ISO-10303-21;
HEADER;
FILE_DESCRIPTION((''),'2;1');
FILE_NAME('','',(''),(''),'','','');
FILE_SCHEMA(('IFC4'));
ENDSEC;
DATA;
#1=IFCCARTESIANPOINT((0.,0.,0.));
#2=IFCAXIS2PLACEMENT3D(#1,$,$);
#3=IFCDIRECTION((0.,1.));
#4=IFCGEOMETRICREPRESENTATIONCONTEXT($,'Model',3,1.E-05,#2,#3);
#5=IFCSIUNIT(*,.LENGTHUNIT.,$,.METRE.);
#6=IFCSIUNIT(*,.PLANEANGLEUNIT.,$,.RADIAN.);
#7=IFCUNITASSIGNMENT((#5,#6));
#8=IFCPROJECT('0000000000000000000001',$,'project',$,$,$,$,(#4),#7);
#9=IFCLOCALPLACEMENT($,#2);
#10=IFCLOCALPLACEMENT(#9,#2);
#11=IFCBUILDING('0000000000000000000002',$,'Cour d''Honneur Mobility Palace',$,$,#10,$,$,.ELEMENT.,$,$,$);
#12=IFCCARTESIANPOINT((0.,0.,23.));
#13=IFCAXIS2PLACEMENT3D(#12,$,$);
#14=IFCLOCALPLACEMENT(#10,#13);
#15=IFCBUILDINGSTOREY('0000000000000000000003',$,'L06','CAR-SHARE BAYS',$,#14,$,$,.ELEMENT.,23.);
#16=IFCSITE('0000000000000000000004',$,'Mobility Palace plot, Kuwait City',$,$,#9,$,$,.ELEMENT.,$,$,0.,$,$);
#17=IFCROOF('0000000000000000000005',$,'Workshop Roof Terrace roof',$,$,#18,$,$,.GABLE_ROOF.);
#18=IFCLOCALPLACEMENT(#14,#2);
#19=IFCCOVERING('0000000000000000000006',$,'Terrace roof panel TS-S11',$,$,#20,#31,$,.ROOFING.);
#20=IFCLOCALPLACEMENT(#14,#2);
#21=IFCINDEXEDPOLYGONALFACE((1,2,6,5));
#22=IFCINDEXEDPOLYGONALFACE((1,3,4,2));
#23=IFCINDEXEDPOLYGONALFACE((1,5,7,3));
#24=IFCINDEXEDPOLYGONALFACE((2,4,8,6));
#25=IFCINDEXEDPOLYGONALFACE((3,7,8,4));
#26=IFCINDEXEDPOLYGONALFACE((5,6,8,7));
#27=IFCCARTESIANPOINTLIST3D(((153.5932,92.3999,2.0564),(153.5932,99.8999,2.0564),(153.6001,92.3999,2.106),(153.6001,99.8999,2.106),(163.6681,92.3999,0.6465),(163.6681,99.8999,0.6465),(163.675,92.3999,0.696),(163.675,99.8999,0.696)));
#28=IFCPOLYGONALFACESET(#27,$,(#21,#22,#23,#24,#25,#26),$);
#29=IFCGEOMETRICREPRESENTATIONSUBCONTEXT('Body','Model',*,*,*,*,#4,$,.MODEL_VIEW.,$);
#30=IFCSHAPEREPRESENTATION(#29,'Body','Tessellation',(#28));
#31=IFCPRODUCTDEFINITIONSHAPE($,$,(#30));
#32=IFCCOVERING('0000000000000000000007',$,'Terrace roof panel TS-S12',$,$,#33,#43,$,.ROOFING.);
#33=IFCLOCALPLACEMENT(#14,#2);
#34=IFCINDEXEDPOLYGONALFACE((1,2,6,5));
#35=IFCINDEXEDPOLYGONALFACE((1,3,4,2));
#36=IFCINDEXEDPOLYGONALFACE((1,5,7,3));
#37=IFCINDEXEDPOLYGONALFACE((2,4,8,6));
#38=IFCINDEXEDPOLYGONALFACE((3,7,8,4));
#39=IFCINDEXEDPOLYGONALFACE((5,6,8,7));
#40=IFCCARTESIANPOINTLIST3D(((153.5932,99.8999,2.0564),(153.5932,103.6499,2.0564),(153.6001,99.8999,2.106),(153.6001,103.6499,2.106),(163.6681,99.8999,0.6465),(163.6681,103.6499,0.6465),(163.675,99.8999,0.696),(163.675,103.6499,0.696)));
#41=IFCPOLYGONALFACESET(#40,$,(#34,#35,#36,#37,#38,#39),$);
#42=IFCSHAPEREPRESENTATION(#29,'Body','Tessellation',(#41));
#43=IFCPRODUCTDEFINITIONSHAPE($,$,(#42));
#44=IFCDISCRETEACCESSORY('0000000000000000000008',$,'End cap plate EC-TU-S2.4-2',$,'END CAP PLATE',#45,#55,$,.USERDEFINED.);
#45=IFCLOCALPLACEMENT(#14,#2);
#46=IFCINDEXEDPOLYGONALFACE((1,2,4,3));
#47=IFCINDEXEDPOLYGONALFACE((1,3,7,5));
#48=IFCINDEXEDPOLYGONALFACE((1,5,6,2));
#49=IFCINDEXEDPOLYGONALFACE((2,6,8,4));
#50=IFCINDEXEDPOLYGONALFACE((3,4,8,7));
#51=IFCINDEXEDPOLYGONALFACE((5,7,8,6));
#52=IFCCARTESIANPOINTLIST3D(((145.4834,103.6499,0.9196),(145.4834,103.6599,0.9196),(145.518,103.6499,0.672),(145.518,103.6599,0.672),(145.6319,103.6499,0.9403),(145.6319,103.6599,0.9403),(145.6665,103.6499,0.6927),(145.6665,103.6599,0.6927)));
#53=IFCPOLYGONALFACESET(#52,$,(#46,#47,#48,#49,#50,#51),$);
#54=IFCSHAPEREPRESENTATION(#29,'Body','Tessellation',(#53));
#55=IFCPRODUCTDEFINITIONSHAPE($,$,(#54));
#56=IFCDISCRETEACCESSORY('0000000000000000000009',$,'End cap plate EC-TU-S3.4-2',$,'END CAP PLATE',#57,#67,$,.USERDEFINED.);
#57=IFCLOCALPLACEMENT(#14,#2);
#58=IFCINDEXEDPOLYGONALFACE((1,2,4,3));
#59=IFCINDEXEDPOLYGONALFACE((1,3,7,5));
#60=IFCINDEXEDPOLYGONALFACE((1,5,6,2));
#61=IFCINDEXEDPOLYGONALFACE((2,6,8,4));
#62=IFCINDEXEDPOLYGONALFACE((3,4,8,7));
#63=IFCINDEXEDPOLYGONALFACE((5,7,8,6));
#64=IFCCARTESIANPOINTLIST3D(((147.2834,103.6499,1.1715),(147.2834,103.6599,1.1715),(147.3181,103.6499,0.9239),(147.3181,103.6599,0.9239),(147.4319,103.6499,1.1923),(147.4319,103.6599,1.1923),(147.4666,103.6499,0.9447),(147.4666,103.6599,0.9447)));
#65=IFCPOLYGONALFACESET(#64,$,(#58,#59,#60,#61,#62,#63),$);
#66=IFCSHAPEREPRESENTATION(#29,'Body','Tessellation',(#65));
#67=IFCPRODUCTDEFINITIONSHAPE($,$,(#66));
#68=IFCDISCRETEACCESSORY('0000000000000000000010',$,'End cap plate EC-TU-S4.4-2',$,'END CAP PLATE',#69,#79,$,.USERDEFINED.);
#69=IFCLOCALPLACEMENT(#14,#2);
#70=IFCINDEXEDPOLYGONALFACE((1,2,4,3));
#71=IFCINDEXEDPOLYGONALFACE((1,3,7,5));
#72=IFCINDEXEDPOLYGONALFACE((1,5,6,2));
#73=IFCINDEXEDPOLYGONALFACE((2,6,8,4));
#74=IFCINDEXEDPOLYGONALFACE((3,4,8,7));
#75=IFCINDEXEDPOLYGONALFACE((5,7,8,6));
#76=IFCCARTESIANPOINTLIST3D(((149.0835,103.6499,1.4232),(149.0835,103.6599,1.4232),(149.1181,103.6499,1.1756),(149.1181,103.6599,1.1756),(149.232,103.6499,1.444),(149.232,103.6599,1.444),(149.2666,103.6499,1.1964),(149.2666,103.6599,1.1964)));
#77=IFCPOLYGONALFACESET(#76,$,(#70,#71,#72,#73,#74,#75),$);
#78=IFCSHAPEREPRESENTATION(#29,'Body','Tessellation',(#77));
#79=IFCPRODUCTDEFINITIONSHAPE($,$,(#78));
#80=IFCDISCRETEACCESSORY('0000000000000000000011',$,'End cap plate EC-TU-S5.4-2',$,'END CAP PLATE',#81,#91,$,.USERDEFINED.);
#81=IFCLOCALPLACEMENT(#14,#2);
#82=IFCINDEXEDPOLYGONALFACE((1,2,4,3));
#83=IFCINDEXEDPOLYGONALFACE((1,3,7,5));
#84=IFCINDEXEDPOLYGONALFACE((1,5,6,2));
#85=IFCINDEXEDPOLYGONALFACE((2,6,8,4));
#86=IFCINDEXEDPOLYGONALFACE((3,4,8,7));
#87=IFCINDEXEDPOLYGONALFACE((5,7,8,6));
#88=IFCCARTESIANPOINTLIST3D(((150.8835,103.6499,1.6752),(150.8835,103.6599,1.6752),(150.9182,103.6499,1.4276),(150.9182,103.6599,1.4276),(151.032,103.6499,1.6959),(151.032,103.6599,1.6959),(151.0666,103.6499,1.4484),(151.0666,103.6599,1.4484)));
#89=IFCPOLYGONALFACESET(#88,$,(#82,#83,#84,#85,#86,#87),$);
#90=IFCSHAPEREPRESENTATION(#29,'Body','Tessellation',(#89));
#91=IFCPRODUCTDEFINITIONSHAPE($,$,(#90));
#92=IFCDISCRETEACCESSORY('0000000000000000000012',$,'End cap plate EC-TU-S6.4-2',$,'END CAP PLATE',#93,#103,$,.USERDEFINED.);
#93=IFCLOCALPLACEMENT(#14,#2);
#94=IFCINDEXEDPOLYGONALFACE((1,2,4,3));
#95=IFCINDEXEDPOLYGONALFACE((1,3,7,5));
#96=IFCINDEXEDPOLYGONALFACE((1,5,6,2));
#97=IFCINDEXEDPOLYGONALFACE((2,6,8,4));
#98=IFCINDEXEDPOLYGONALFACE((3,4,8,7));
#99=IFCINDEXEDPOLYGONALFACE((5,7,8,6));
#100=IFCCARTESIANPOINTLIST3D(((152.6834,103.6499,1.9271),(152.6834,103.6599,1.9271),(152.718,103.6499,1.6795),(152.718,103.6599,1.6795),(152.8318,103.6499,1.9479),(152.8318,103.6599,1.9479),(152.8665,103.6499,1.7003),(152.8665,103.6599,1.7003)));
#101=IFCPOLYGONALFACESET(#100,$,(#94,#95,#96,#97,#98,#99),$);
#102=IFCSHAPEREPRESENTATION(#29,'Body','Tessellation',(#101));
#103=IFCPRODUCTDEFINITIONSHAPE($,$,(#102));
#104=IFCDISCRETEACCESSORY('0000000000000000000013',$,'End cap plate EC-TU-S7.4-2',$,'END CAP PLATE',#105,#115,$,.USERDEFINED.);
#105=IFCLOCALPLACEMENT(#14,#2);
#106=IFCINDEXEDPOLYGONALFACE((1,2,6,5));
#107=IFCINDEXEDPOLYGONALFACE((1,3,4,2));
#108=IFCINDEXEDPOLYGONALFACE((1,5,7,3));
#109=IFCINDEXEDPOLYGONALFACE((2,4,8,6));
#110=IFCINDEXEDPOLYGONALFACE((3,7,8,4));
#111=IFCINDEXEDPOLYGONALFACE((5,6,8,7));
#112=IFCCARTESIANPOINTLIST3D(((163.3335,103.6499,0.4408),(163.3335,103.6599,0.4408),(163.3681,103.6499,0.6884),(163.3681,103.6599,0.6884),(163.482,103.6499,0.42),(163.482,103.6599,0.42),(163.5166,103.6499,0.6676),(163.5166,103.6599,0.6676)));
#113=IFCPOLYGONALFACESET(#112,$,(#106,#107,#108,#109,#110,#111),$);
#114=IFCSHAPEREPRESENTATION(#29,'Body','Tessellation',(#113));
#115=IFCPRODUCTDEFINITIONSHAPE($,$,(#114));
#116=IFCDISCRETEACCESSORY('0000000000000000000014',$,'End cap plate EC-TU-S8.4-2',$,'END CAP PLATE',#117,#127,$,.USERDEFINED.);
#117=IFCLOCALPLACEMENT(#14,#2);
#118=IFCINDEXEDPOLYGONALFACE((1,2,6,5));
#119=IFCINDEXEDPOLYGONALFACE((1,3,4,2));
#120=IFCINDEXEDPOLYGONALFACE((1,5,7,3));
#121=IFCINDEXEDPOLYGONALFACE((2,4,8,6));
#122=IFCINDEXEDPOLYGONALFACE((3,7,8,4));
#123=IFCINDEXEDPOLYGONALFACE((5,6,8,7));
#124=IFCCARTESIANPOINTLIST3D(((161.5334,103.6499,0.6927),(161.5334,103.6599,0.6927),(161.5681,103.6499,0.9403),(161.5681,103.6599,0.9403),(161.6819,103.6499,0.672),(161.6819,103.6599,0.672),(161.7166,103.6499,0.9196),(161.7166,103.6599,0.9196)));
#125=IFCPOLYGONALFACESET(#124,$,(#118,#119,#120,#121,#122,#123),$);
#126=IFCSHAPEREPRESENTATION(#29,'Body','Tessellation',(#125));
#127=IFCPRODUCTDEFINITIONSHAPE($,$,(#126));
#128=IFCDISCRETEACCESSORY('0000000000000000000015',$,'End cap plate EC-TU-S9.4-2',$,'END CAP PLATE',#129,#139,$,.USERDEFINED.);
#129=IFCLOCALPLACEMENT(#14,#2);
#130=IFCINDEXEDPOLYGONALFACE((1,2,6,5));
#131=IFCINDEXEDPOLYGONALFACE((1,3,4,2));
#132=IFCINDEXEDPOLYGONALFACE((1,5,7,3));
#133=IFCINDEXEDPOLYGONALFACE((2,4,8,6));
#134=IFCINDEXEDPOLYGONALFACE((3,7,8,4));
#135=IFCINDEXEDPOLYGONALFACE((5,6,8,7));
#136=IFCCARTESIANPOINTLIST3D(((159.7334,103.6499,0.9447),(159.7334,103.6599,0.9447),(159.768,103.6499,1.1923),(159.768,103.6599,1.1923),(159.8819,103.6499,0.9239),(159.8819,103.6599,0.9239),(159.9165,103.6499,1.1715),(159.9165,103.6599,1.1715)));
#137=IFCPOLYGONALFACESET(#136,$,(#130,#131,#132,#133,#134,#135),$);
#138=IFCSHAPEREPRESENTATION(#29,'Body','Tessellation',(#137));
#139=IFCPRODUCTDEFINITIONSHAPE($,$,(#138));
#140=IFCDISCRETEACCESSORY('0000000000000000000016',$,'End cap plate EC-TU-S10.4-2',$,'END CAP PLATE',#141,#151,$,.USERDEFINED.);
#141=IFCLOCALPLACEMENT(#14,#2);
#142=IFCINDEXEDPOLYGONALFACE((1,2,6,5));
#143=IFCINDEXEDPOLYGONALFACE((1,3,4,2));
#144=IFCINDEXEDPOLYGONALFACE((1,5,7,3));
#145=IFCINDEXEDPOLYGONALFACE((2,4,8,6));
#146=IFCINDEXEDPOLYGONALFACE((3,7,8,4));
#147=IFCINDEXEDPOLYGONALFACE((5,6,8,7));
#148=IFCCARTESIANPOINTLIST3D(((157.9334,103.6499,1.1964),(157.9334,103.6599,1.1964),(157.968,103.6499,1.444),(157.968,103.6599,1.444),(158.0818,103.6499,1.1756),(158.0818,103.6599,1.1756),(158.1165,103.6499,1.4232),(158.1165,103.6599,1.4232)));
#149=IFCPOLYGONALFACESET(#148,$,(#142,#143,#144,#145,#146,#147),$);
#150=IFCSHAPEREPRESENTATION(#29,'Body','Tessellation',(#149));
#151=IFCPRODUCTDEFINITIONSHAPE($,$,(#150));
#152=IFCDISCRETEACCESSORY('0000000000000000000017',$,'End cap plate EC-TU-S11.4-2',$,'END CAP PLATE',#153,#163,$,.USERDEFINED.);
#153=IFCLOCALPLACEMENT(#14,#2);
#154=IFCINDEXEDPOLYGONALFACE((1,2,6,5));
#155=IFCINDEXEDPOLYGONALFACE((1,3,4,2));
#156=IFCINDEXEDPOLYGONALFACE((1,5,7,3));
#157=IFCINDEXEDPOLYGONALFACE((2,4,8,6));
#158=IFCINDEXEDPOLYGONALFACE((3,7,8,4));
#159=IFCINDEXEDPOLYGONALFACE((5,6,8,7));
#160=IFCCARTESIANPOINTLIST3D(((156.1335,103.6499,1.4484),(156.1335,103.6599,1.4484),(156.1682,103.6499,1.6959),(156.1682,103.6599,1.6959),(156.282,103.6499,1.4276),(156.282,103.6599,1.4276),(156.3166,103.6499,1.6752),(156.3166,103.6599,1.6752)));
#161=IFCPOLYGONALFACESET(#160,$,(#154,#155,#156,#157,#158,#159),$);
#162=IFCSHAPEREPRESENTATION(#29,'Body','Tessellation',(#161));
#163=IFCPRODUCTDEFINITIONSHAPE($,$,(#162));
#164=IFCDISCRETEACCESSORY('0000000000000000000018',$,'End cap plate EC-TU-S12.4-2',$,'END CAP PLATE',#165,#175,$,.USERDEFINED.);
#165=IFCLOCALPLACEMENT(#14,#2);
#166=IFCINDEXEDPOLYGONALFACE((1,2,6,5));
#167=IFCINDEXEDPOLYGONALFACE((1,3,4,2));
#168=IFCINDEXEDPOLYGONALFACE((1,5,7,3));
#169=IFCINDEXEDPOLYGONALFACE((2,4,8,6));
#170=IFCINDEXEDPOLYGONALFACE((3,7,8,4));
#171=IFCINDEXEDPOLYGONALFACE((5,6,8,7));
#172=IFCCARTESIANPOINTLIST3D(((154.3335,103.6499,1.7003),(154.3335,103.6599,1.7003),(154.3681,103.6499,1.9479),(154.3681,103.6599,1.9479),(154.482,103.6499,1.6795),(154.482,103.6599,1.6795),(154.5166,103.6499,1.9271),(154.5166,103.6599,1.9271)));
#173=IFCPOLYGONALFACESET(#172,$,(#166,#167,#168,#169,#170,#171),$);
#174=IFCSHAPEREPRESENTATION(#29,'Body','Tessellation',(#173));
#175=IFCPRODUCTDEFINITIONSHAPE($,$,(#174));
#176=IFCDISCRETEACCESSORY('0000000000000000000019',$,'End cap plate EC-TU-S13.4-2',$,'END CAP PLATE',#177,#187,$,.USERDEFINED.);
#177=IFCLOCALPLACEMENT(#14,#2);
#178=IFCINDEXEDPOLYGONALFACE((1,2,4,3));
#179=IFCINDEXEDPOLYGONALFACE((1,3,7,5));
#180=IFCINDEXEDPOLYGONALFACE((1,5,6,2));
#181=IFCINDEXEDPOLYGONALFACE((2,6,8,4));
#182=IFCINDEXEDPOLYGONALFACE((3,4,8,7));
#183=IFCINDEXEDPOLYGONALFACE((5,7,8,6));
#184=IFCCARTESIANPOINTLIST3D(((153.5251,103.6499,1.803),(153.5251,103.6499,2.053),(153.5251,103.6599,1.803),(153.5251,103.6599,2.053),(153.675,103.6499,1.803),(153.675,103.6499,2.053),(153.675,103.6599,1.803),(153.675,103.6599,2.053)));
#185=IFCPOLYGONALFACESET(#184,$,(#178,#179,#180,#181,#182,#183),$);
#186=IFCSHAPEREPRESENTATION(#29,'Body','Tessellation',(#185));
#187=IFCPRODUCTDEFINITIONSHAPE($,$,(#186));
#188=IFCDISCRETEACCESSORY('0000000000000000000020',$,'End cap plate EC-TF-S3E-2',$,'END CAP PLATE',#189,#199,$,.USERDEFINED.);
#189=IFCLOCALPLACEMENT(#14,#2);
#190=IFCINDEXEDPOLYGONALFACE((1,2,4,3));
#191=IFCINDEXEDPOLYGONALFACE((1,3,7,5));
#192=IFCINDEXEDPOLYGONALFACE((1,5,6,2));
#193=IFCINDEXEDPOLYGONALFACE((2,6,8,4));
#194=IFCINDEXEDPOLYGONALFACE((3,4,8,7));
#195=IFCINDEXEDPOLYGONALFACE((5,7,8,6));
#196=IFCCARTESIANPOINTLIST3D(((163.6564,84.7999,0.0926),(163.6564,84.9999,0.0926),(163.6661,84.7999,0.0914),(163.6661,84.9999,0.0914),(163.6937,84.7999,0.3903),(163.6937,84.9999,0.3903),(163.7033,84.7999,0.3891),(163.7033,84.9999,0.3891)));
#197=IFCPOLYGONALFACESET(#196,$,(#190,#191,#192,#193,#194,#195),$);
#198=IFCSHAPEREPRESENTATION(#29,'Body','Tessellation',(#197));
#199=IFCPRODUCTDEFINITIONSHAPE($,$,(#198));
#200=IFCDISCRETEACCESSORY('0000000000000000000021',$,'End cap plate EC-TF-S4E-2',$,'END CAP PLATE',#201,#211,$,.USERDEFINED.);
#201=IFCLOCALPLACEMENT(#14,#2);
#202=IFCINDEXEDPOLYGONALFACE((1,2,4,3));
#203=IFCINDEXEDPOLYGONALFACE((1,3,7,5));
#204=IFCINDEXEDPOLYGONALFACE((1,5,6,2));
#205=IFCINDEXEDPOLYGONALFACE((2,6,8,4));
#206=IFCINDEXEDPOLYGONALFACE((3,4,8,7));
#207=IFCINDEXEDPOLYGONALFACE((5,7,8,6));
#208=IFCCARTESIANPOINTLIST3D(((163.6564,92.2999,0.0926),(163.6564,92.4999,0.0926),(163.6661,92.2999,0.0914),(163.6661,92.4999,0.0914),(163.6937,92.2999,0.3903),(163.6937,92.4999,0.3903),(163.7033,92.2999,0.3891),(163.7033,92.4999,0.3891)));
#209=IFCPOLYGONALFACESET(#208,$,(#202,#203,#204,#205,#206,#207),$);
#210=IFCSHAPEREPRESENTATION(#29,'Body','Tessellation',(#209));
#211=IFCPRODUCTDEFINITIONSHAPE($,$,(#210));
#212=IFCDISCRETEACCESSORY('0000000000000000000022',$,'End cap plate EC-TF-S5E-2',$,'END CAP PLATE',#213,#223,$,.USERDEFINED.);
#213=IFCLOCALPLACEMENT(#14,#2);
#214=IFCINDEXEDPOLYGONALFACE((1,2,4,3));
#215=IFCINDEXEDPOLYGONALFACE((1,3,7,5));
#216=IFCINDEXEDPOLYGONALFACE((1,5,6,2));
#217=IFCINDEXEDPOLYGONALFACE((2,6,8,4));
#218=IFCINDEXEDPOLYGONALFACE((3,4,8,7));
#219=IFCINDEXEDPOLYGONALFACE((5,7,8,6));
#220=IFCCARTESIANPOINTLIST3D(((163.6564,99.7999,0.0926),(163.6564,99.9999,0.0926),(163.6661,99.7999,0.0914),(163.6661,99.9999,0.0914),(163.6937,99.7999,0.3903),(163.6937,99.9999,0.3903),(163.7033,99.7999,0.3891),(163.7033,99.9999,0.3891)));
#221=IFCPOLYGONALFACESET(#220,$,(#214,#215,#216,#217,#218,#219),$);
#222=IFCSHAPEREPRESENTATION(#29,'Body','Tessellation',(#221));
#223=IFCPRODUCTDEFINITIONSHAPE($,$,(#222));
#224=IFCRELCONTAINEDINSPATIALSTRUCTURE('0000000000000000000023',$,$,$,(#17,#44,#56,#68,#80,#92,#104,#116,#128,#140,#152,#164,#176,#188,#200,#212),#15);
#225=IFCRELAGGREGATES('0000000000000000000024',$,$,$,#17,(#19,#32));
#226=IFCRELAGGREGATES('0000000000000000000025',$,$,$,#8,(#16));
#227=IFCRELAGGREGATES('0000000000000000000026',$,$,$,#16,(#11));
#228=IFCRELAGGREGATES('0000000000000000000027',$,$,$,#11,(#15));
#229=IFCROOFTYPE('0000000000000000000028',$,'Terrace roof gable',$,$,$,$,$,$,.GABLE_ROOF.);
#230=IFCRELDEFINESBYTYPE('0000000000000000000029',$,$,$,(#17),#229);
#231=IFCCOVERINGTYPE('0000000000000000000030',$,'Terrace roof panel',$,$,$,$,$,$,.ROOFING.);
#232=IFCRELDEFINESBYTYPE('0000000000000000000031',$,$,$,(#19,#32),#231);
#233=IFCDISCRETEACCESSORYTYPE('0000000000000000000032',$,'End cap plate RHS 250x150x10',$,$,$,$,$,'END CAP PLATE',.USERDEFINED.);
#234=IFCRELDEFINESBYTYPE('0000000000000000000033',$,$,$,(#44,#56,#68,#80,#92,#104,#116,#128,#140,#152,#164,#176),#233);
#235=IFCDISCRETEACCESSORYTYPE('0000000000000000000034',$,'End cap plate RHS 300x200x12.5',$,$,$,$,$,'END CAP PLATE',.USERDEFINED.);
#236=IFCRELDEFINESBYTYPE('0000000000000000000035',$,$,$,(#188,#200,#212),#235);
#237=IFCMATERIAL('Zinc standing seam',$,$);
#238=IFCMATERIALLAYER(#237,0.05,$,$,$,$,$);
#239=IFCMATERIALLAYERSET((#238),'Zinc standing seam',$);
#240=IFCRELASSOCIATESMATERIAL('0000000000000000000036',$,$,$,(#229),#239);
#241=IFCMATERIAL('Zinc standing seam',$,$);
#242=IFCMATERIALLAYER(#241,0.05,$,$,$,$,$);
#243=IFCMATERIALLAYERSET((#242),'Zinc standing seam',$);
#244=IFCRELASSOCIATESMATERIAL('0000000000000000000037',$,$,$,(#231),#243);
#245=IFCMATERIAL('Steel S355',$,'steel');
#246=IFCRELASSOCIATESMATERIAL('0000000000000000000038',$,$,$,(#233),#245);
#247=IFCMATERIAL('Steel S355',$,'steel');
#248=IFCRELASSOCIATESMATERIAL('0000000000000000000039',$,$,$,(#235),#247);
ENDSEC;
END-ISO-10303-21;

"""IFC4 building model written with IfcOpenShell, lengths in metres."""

from ifc_helpers import new_model, si_unit, direction, frame, origin, origin_2d, place, context, subcontext, project, spatial, polyline, rectangle, outline, extrude, material, layer, layer_set, material_profile, profile_set, type_object, element, aggregate, save


model = new_model("IFC4")

# Units and contexts
model_context = context("Model", 3, precision=1e-05, world=origin(), true_north=direction((0.0, 1.0)))
body_context = subcontext(model_context, "Body", "Model", "MODEL_VIEW")
ifc_project = project(units=[si_unit("LENGTHUNIT", "METRE"), si_unit("PLANEANGLEUNIT", "RADIAN")], contexts=[model_context])

# Site, building, storey
site_placement = place(None, origin())
site = spatial("IfcSite", under=ifc_project, at=site_placement, Name="Mobility Palace plot, Kuwait City", CompositionType="ELEMENT", RefElevation=0.0)
building_placement = place(site_placement, origin())
building = spatial("IfcBuilding", under=site, at=building_placement, Name="Cour d'Honneur Mobility Palace", CompositionType="ELEMENT")
storey_placement = place(building_placement, frame((0.0, 0.0, 23.0)))
storey = spatial("IfcBuildingStorey", under=building, at=storey_placement, Name="L06", Description="CAR-SHARE BAYS", CompositionType="ELEMENT", Elevation=23.0)

# Roof, coverings
ifc_material_1 = material(Name="Zinc standing seam")
ifc_layer_1 = layer(ifc_material_1, 0.05)
ifc_layer_set_1 = layer_set([ifc_layer_1], Name="Zinc standing seam")
roof_type = type_object("IfcRoofType", Name="Terrace roof gable", PredefinedType="GABLE_ROOF", material=ifc_layer_set_1)
roof_placement = place(storey_placement, origin())
roof = element("IfcRoof", 1, at=roof_placement, inside=storey, type_object=roof_type, Name="Workshop Roof Terrace roof", PredefinedType="GABLE_ROOF")
ifc_material_2 = material(Name="Zinc standing seam")
ifc_layer_2 = layer(ifc_material_2, 0.05)
ifc_layer_set_2 = layer_set([ifc_layer_2], Name="Zinc standing seam")
covering_type = type_object("IfcCoveringType", Name="Terrace roof panel", PredefinedType="ROOFING", material=ifc_layer_set_2)
covering_1_placement = place(storey_placement, frame((153.6001, 92.3999, 2.106), z_axis=(0.138592, 0.0, 0.99035), x_axis=(0.99035, 0.0, -0.138592)))
covering_1 = element("IfcCovering", 2, at=covering_1_placement, type_object=covering_type, Name="Terrace roof panel TS-S11", PredefinedType="ROOFING", context=body_context, shape_type="SweptSolid", body=[
    extrude(outline(polyline([(0.0, 0.0), (10.1731, 0.0), (10.1731, 7.5), (0.0, 7.5), (0.0, 0.0)])), origin(), (0.0, 0.0, -1.0), 0.05),
])
covering_2_placement = place(storey_placement, frame((153.6001, 99.8999, 2.106), z_axis=(0.138592, 0.0, 0.99035), x_axis=(0.99035, 0.0, -0.138592)))
covering_2 = element("IfcCovering", 3, at=covering_2_placement, type_object=covering_type, Name="Terrace roof panel TS-S12", PredefinedType="ROOFING", context=body_context, shape_type="SweptSolid", body=[
    extrude(outline(polyline([(0.0, 0.0), (10.1731, 0.0), (10.1731, 3.75), (0.0, 3.75), (0.0, 0.0)])), origin(), (0.0, 0.0, -1.0), 0.05),
])
aggregate(roof, [covering_1, covering_2])

# Discrete accessories
ifc_material_3 = material(Name="Steel S355", Category="steel")
ifc_material_profile_1 = material_profile(ifc_material_3, rectangle(XDim=0.1499, YDim=0.25, at=origin_2d()), Name="PL 250x150x10")
ifc_profile_set_1 = profile_set([ifc_material_profile_1], Name="Steel S355")
discrete_accessory_type_1 = type_object("IfcDiscreteAccessoryType", Name="End cap plate RHS 250x150x10", ElementType="END CAP PLATE", PredefinedType="USERDEFINED", material=ifc_profile_set_1)
for number, where, z_axis, x_axis, name in (
    (4, (145.575, 103.6499, 0.8062), (0.0, 1.0, 0.0), (-0.99035, 0.0, -0.138591), "End cap plate EC-TU-S2.4-2"),
    (5, (147.375, 103.6499, 1.0581), (0.0, 1.0, 0.0), (-0.99035, 0.0, -0.138591), "End cap plate EC-TU-S3.4-2"),
    (6, (149.175, 103.6499, 1.3098), (0.0, 1.0, 0.0), (-0.99035, 0.0, -0.138591), "End cap plate EC-TU-S4.4-2"),
    (7, (150.9751, 103.6499, 1.5618), (0.0, 1.0, 0.0), (-0.99035, 0.0, -0.138591), "End cap plate EC-TU-S5.4-2"),
    (8, (152.7749, 103.6499, 1.8137), (0.0, 1.0, 0.0), (-0.99035, 0.0, -0.138591), "End cap plate EC-TU-S6.4-2"),
    (9, (163.425, 103.6499, 0.5542), (0.0, 1.0, 0.0), (-0.99035, 0.0, 0.138591), "End cap plate EC-TU-S7.4-2"),
    (10, (161.625, 103.6499, 0.8062), (0.0, 1.0, 0.0), (-0.99035, 0.0, 0.138591), "End cap plate EC-TU-S8.4-2"),
    (11, (159.825, 103.6499, 1.0581), (0.0, 1.0, 0.0), (-0.99035, 0.0, 0.138591), "End cap plate EC-TU-S9.4-2"),
    (12, (158.0249, 103.6499, 1.3098), (0.0, 1.0, 0.0), (-0.99035, 0.0, 0.138591), "End cap plate EC-TU-S10.4-2"),
    (13, (156.2251, 103.6499, 1.5618), (0.0, 1.0, 0.0), (-0.99035, 0.0, 0.138591), "End cap plate EC-TU-S11.4-2"),
    (14, (154.425, 103.6499, 1.8137), (0.0, 1.0, 0.0), (-0.99035, 0.0, 0.138591), "End cap plate EC-TU-S12.4-2"),
    (15, (153.6001, 103.6499, 1.928), (0.0, 1.0, 0.0), (-1.0, 0.0, 0.0), "End cap plate EC-TU-S13.4-2"),
):
    element("IfcDiscreteAccessory", number, at=place(storey_placement, frame(where, z_axis=z_axis, x_axis=x_axis)), inside=storey, type_object=discrete_accessory_type_1, Name=name, ObjectType="END CAP PLATE", PredefinedType="USERDEFINED", context=body_context, shape_type="SweptSolid", body=[
        extrude(rectangle(XDim=0.1499, YDim=0.25, at=origin_2d()), origin(), (0.0, 0.0, 1.0), 0.01),
    ])
ifc_material_4 = material(Name="Steel S355", Category="steel")
ifc_material_profile_2 = material_profile(ifc_material_4, rectangle(XDim=0.2, YDim=0.3, at=origin_2d()), Name="PL 300x200x10")
ifc_profile_set_2 = profile_set([ifc_material_profile_2], Name="Steel S355")
discrete_accessory_type_2 = type_object("IfcDiscreteAccessoryType", Name="End cap plate RHS 300x200x12.5", ElementType="END CAP PLATE", PredefinedType="USERDEFINED", material=ifc_profile_set_2)
for number, where, z_axis, x_axis, name in (
    (16, (163.675, 84.8999, 0.2415), (0.992278, 0.0, -0.124035), (0.0, 1.0, 0.0), "End cap plate EC-TF-S3E-2"),
    (17, (163.675, 92.3999, 0.2415), (0.992278, 0.0, -0.124035), (0.0, 1.0, 0.0), "End cap plate EC-TF-S4E-2"),
    (18, (163.675, 99.8999, 0.2415), (0.992278, 0.0, -0.124035), (0.0, 1.0, 0.0), "End cap plate EC-TF-S5E-2"),
):
    element("IfcDiscreteAccessory", number, at=place(storey_placement, frame(where, z_axis=z_axis, x_axis=x_axis)), inside=storey, type_object=discrete_accessory_type_2, Name=name, ObjectType="END CAP PLATE", PredefinedType="USERDEFINED", context=body_context, shape_type="SweptSolid", body=[
        extrude(rectangle(XDim=0.2, YDim=0.3, at=origin_2d()), origin(), (0.0, 0.0, 1.0), 0.0098),
    ])

save(model, "model.ifc")
